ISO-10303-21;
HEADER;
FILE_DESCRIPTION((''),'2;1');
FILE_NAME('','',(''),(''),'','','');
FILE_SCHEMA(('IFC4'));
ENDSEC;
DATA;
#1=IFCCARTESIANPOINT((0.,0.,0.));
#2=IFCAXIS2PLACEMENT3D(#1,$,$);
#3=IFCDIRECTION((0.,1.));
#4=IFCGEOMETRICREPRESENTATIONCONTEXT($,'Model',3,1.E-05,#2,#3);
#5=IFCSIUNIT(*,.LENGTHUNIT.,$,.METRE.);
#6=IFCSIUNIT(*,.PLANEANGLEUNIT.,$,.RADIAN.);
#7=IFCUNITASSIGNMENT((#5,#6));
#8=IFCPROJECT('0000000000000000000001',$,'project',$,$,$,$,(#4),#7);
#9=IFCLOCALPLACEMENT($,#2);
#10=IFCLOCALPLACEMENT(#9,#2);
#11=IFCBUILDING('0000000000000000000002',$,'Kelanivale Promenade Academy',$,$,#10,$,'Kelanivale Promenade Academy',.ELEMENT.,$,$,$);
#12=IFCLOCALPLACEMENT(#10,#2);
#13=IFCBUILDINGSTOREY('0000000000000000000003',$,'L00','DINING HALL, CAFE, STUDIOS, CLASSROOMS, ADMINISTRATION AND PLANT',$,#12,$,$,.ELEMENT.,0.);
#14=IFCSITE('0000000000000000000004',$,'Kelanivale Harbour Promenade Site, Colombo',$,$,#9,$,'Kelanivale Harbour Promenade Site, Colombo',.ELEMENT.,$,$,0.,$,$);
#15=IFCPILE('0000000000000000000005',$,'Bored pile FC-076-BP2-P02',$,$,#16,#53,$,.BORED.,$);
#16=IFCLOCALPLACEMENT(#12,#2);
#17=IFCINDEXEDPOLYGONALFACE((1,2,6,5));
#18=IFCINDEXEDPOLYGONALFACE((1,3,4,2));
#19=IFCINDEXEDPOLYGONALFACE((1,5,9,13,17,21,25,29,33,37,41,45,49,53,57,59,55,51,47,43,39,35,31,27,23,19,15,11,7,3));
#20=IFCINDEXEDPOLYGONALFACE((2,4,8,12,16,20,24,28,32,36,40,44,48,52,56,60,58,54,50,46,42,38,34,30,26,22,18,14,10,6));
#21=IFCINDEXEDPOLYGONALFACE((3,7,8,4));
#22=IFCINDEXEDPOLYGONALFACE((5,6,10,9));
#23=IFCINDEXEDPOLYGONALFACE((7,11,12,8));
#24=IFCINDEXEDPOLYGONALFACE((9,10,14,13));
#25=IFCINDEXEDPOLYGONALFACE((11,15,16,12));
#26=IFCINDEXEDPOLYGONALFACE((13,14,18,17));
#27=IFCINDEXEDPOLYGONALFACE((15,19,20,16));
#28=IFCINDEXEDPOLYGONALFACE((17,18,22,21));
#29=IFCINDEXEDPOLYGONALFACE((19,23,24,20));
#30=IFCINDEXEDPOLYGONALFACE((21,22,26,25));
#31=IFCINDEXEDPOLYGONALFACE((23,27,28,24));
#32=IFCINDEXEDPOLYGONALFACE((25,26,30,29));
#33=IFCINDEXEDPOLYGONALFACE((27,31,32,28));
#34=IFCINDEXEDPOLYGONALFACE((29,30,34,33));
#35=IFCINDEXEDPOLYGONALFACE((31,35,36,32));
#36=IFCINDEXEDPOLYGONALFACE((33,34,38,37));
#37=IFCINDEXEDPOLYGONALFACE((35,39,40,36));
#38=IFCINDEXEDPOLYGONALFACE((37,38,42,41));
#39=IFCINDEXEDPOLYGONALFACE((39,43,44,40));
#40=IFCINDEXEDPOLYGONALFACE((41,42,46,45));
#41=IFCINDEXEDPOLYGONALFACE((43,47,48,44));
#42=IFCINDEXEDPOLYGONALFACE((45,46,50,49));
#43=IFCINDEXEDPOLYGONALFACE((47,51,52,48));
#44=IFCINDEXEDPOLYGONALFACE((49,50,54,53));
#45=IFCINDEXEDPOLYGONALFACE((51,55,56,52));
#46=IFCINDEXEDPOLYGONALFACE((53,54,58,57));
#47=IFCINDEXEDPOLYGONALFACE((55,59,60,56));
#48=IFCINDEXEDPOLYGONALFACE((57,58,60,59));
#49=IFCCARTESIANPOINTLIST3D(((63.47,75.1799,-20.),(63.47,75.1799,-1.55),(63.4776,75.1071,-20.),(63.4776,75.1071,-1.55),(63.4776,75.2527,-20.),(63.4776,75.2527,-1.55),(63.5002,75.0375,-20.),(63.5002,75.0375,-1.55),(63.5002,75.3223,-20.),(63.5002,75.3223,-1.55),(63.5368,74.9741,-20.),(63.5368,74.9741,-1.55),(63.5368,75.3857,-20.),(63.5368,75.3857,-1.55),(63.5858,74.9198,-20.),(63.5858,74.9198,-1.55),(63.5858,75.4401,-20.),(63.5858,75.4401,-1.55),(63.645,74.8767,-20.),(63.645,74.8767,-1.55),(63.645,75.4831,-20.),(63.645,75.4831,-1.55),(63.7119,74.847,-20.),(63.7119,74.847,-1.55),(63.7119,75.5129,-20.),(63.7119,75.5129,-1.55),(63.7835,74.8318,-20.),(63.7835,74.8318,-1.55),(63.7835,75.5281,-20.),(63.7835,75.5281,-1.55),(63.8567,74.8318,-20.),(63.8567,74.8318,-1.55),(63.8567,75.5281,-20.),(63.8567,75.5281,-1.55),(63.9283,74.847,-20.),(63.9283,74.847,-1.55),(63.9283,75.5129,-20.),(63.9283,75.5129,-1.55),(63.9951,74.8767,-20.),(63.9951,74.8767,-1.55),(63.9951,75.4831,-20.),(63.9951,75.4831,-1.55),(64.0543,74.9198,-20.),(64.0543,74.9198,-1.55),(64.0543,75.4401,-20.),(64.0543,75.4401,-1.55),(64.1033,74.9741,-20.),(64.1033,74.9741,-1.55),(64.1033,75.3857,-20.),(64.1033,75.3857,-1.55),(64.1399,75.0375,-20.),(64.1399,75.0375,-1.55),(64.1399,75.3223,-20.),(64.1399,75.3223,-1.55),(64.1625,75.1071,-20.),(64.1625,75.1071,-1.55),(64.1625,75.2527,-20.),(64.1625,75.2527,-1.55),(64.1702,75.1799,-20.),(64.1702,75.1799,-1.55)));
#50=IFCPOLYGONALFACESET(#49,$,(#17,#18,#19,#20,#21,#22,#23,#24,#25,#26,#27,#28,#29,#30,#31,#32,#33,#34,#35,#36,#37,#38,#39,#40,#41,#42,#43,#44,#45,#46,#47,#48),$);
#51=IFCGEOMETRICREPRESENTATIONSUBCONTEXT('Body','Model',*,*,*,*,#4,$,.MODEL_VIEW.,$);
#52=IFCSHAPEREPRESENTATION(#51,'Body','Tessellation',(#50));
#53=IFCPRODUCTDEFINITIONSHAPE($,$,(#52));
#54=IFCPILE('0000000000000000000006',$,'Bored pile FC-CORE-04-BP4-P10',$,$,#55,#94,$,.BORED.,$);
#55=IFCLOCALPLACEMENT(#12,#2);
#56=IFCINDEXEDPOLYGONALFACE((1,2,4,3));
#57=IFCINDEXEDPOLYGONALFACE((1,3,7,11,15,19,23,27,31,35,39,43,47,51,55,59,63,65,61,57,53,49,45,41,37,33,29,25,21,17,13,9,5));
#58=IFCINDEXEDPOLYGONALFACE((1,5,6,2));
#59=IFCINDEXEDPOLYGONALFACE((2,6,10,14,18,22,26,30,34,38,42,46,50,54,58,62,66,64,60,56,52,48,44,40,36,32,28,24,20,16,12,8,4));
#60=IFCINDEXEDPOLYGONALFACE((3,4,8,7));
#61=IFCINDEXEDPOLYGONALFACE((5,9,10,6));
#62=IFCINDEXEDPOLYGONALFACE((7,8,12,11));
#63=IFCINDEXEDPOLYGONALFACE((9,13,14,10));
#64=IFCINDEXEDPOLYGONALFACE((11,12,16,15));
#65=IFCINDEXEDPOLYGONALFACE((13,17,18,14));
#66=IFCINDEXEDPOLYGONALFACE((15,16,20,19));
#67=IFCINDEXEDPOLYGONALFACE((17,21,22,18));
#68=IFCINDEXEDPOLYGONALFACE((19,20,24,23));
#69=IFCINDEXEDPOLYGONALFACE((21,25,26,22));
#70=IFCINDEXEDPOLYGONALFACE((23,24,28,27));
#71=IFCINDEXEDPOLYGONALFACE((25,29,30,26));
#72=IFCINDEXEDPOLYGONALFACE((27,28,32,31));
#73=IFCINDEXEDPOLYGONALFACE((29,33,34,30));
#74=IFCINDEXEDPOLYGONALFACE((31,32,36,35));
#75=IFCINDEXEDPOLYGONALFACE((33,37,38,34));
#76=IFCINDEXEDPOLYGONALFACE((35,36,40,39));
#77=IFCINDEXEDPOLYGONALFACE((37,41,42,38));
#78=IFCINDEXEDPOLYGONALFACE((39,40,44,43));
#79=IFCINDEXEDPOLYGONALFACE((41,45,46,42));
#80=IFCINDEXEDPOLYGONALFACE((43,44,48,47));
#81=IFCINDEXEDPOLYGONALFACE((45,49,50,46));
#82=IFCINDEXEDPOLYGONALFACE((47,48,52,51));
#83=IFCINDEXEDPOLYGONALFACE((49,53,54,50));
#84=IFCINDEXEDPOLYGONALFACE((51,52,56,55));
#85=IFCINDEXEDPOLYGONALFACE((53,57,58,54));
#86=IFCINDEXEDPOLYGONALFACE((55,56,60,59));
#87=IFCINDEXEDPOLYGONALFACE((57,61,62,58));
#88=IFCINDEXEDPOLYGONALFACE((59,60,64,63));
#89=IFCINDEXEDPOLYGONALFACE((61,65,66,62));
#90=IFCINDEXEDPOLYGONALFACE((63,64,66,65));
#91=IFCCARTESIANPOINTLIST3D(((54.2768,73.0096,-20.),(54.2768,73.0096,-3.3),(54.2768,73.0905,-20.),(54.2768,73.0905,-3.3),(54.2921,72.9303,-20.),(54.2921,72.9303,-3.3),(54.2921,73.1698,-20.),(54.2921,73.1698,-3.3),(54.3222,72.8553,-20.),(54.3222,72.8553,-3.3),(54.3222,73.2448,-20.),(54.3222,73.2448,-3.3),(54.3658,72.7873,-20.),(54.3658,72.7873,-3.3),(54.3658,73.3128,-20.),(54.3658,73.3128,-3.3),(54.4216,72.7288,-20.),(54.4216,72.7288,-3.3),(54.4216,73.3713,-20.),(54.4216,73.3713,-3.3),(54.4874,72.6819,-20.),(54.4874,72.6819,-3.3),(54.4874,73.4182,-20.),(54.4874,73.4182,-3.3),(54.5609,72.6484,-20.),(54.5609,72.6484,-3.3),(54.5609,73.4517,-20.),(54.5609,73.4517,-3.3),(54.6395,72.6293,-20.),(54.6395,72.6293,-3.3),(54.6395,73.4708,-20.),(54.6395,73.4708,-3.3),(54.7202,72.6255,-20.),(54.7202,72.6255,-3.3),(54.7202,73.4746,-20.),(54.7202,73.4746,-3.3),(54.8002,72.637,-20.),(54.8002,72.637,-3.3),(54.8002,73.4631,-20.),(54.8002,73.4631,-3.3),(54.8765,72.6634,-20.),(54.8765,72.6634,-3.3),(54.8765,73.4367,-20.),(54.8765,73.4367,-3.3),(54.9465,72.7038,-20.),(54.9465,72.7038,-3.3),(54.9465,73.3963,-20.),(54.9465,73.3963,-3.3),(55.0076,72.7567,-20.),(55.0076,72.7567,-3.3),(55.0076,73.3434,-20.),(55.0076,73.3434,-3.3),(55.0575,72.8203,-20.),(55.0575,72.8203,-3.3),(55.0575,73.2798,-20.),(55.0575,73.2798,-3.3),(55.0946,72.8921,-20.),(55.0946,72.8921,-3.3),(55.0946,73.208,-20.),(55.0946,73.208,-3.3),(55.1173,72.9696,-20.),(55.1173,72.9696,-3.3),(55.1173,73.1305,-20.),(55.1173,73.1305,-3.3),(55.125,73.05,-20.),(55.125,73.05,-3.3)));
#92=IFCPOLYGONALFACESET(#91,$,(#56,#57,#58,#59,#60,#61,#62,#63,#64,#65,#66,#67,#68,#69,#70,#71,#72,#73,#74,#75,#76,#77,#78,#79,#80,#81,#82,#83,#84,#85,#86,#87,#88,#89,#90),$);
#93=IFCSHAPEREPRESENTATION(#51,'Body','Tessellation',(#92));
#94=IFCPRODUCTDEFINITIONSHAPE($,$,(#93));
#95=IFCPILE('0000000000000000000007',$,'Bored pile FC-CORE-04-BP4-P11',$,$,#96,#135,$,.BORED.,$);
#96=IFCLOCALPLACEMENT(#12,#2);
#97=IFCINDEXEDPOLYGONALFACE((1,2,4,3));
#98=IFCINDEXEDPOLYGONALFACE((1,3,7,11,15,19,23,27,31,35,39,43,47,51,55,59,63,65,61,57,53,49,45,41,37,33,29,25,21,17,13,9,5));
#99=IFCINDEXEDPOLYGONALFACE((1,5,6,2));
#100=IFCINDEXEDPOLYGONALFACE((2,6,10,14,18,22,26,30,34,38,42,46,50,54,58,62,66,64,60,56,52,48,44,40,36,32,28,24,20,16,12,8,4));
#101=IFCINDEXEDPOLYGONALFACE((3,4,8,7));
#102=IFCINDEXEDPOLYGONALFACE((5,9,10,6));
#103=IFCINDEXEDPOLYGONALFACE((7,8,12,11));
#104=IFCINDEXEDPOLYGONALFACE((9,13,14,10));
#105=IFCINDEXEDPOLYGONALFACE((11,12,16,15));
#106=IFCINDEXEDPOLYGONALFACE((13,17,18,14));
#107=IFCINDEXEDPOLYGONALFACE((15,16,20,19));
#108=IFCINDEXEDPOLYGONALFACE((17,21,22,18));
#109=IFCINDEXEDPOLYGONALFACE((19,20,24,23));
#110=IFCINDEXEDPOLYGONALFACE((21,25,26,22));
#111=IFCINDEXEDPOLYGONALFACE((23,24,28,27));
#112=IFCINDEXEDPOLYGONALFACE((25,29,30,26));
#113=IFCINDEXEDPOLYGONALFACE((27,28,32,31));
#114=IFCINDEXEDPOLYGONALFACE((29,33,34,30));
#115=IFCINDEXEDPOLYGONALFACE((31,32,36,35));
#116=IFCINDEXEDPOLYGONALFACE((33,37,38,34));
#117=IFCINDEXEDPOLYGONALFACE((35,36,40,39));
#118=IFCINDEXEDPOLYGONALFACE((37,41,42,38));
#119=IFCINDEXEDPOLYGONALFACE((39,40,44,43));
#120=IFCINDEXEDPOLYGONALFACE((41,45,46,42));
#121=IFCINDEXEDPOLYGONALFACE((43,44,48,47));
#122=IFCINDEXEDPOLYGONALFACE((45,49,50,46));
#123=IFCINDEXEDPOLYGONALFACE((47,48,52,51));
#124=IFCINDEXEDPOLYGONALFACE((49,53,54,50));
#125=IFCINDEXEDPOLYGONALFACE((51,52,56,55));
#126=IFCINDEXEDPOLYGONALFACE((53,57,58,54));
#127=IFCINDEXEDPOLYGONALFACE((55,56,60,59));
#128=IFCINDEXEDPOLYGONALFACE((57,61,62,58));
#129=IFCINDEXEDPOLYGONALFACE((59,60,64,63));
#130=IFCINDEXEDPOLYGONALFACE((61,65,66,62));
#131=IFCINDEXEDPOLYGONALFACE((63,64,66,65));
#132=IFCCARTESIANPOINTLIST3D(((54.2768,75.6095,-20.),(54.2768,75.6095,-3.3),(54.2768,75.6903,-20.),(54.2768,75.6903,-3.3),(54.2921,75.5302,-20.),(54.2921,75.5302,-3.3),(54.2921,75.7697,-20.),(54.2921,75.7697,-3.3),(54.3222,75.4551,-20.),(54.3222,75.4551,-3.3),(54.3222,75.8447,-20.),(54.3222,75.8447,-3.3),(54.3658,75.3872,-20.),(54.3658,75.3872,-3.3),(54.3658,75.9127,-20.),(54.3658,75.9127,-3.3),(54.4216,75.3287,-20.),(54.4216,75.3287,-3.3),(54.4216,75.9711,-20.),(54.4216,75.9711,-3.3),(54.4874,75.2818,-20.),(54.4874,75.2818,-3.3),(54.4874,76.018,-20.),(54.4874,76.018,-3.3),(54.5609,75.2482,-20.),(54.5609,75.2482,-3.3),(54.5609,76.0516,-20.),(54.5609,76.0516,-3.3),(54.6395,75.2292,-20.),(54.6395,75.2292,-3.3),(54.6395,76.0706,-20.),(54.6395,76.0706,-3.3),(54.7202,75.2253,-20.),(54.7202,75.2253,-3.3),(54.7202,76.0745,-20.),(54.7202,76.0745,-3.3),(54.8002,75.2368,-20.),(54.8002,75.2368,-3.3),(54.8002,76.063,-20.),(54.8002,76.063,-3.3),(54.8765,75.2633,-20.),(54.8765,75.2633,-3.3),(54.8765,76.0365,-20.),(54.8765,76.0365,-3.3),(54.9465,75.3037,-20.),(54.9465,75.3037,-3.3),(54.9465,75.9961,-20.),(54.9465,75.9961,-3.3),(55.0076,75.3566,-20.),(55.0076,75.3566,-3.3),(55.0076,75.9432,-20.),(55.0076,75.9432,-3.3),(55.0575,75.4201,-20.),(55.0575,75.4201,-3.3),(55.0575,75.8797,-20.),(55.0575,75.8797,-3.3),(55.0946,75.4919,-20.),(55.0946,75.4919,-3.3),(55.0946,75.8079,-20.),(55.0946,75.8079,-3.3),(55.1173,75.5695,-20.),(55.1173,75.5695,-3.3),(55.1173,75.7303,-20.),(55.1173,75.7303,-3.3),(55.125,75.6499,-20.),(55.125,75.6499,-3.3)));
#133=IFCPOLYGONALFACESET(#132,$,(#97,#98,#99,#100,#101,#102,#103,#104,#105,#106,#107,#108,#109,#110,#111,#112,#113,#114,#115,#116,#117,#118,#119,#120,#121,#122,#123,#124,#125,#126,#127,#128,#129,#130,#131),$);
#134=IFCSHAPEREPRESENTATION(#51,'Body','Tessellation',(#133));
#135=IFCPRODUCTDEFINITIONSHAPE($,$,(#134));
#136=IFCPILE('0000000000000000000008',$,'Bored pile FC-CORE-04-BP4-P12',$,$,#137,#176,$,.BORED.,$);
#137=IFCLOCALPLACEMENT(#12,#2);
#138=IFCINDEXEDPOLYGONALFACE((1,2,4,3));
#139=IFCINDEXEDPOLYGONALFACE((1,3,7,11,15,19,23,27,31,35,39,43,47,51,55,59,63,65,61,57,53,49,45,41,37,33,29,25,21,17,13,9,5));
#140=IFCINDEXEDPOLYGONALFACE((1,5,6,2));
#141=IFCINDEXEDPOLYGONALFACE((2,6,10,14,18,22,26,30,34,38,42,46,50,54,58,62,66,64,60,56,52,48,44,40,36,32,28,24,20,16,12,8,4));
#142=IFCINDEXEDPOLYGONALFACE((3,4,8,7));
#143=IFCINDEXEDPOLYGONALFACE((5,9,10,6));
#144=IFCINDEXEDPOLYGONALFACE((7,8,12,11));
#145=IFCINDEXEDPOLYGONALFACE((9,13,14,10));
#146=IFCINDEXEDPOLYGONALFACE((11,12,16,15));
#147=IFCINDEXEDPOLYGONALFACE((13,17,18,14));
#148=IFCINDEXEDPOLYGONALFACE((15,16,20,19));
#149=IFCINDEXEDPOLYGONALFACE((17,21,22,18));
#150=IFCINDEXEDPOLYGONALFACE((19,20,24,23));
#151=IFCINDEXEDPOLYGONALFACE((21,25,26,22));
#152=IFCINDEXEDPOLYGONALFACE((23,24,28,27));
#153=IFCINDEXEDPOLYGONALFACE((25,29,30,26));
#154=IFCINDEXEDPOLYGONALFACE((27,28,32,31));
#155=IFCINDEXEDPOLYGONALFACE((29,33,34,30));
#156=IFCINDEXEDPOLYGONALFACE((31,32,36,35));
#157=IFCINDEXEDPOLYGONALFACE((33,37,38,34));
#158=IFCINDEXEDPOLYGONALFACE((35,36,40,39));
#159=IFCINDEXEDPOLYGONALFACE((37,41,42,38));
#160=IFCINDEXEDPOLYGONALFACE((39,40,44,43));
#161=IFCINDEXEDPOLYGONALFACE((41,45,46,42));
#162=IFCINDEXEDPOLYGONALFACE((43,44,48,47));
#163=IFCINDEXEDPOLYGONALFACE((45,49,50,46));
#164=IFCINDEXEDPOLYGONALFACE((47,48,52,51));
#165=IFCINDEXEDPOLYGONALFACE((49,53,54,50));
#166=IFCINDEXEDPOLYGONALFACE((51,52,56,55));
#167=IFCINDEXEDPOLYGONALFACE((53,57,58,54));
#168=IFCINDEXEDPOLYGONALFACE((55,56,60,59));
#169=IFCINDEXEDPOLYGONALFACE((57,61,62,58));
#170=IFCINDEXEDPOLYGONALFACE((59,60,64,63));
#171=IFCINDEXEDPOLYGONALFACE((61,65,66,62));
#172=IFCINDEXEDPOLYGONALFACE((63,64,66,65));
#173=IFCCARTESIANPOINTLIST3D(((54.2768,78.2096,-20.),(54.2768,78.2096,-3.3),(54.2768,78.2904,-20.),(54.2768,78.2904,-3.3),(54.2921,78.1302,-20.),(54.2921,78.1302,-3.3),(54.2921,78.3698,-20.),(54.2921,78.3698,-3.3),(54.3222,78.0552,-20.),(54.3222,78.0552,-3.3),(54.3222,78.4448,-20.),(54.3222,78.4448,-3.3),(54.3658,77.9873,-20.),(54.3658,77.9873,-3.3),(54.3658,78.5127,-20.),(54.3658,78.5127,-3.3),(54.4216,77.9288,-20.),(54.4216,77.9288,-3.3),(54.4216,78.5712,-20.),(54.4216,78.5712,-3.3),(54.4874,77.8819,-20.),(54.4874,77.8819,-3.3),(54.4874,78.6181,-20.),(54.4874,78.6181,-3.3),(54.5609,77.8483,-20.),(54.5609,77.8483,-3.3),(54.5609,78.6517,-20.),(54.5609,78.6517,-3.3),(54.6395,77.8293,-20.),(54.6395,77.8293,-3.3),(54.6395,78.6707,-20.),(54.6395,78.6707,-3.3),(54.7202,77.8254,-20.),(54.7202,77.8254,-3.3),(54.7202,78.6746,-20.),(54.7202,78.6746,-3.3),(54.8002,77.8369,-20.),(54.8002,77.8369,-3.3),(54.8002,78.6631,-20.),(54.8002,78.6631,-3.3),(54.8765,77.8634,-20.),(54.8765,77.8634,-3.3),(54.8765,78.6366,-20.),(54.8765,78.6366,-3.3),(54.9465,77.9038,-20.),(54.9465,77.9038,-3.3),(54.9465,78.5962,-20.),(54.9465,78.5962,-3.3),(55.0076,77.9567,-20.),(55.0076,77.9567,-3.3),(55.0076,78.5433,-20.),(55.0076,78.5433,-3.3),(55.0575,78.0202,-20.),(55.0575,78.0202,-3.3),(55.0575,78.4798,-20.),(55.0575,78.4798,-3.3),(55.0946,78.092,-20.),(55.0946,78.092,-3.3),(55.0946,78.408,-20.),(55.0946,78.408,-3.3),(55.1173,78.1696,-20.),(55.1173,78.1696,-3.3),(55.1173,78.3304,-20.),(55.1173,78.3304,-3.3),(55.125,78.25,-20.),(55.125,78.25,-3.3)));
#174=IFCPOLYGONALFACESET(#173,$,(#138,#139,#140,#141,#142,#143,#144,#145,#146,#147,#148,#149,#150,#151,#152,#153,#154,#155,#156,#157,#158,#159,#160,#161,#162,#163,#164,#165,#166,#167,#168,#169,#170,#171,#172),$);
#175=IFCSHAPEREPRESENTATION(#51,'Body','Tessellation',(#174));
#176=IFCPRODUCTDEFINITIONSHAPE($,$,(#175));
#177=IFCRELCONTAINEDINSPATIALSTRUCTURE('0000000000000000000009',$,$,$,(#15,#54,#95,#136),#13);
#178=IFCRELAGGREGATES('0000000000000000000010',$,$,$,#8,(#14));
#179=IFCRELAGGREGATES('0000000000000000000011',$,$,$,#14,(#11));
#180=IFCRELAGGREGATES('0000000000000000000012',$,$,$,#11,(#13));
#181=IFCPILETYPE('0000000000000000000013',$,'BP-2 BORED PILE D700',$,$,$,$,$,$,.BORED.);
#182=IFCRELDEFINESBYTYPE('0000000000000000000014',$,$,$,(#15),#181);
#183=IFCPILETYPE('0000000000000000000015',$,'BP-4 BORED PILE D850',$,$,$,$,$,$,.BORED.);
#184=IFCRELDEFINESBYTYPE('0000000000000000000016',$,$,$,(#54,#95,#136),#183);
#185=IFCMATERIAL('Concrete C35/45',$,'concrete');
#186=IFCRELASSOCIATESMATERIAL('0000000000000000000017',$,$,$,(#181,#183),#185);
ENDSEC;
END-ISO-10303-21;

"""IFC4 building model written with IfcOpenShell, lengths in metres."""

from ifc_helpers import new_model, si_unit, direction, frame, origin, origin_2d, place, context, subcontext, project, spatial, circle, extrude, material, material_profile, profile_set, type_object, element, save


model = new_model("IFC4")

# Units and contexts
model_context = context("Model", 3, precision=1e-05, world=origin(), true_north=direction((0.0, 1.0)))
body_context = subcontext(model_context, "Body", "Model", "MODEL_VIEW")
ifc_project = project(units=[si_unit("LENGTHUNIT", "METRE"), si_unit("PLANEANGLEUNIT", "RADIAN")], contexts=[model_context])

# Site, building, storey
site_placement = place(None, origin())
site = spatial("IfcSite", under=ifc_project, at=site_placement, Name="Kelanivale Harbour Promenade Site, Colombo", LongName="Kelanivale Harbour Promenade Site, Colombo", CompositionType="ELEMENT", RefElevation=0.0)
building_placement = place(site_placement, origin())
building = spatial("IfcBuilding", under=site, at=building_placement, Name="Kelanivale Promenade Academy", LongName="Kelanivale Promenade Academy", CompositionType="ELEMENT")
storey_placement = place(building_placement, origin())
storey = spatial("IfcBuildingStorey", under=building, at=storey_placement, Name="L00", Description="DINING HALL, CAFE, STUDIOS, CLASSROOMS, ADMINISTRATION AND PLANT", CompositionType="ELEMENT", Elevation=0.0)

# Piles
ifc_material_1 = material(Name="Concrete C35/45", Category="concrete")
ifc_material_profile_1 = material_profile(ifc_material_1, circle(Radius=0.3501, at=origin_2d()), Name="BORED PILE D700")
ifc_profile_set_1 = profile_set([ifc_material_profile_1], Name="Concrete C35/45")
pile_type_1 = type_object("IfcPileType", Name="BP-2 BORED PILE D700", PredefinedType="BORED", material=ifc_profile_set_1)
for number, where, z_axis, x_axis, name in (
    (1, (63.8201, 75.1799, -1.55), (0.0, 0.0, -1.0), (1.0, 0.0, 0.0), "Bored pile FC-076-BP2-P02"),
):
    element("IfcPile", number, at=place(storey_placement, frame(where, z_axis=z_axis, x_axis=x_axis)), inside=storey, type_object=pile_type_1, Name=name, PredefinedType="BORED", context=body_context, shape_type="SweptSolid", body=[
        extrude(circle(Radius=0.3501, at=origin_2d()), origin(), (0.0, 0.0, 1.0), 18.45),
    ])
ifc_material_profile_2 = material_profile(ifc_material_1, circle(Radius=0.425, at=origin_2d()), Name="BORED PILE D850")
ifc_profile_set_2 = profile_set([ifc_material_profile_2], Name="Concrete C35/45")
pile_type_2 = type_object("IfcPileType", Name="BP-4 BORED PILE D850", PredefinedType="BORED", material=ifc_profile_set_2)
for number, where, z_axis, x_axis, name in (
    (2, (54.7, 73.05, -3.3), (0.0, 0.0, -1.0), (1.0, 0.0, 0.0), "Bored pile FC-CORE-04-BP4-P10"),
    (3, (54.7, 75.6499, -3.3), (0.0, 0.0, -1.0), (1.0, 0.0, 0.0), "Bored pile FC-CORE-04-BP4-P11"),
    (4, (54.7, 78.25, -3.3), (0.0, 0.0, -1.0), (1.0, 0.0, 0.0), "Bored pile FC-CORE-04-BP4-P12"),
):
    element("IfcPile", number, at=place(storey_placement, frame(where, z_axis=z_axis, x_axis=x_axis)), inside=storey, type_object=pile_type_2, Name=name, PredefinedType="BORED", context=body_context, shape_type="SweptSolid", body=[
        extrude(circle(Radius=0.425, at=origin_2d()), origin(), (0.0, 0.0, 1.0), 16.7),
    ])

save(model, "model.ifc")
